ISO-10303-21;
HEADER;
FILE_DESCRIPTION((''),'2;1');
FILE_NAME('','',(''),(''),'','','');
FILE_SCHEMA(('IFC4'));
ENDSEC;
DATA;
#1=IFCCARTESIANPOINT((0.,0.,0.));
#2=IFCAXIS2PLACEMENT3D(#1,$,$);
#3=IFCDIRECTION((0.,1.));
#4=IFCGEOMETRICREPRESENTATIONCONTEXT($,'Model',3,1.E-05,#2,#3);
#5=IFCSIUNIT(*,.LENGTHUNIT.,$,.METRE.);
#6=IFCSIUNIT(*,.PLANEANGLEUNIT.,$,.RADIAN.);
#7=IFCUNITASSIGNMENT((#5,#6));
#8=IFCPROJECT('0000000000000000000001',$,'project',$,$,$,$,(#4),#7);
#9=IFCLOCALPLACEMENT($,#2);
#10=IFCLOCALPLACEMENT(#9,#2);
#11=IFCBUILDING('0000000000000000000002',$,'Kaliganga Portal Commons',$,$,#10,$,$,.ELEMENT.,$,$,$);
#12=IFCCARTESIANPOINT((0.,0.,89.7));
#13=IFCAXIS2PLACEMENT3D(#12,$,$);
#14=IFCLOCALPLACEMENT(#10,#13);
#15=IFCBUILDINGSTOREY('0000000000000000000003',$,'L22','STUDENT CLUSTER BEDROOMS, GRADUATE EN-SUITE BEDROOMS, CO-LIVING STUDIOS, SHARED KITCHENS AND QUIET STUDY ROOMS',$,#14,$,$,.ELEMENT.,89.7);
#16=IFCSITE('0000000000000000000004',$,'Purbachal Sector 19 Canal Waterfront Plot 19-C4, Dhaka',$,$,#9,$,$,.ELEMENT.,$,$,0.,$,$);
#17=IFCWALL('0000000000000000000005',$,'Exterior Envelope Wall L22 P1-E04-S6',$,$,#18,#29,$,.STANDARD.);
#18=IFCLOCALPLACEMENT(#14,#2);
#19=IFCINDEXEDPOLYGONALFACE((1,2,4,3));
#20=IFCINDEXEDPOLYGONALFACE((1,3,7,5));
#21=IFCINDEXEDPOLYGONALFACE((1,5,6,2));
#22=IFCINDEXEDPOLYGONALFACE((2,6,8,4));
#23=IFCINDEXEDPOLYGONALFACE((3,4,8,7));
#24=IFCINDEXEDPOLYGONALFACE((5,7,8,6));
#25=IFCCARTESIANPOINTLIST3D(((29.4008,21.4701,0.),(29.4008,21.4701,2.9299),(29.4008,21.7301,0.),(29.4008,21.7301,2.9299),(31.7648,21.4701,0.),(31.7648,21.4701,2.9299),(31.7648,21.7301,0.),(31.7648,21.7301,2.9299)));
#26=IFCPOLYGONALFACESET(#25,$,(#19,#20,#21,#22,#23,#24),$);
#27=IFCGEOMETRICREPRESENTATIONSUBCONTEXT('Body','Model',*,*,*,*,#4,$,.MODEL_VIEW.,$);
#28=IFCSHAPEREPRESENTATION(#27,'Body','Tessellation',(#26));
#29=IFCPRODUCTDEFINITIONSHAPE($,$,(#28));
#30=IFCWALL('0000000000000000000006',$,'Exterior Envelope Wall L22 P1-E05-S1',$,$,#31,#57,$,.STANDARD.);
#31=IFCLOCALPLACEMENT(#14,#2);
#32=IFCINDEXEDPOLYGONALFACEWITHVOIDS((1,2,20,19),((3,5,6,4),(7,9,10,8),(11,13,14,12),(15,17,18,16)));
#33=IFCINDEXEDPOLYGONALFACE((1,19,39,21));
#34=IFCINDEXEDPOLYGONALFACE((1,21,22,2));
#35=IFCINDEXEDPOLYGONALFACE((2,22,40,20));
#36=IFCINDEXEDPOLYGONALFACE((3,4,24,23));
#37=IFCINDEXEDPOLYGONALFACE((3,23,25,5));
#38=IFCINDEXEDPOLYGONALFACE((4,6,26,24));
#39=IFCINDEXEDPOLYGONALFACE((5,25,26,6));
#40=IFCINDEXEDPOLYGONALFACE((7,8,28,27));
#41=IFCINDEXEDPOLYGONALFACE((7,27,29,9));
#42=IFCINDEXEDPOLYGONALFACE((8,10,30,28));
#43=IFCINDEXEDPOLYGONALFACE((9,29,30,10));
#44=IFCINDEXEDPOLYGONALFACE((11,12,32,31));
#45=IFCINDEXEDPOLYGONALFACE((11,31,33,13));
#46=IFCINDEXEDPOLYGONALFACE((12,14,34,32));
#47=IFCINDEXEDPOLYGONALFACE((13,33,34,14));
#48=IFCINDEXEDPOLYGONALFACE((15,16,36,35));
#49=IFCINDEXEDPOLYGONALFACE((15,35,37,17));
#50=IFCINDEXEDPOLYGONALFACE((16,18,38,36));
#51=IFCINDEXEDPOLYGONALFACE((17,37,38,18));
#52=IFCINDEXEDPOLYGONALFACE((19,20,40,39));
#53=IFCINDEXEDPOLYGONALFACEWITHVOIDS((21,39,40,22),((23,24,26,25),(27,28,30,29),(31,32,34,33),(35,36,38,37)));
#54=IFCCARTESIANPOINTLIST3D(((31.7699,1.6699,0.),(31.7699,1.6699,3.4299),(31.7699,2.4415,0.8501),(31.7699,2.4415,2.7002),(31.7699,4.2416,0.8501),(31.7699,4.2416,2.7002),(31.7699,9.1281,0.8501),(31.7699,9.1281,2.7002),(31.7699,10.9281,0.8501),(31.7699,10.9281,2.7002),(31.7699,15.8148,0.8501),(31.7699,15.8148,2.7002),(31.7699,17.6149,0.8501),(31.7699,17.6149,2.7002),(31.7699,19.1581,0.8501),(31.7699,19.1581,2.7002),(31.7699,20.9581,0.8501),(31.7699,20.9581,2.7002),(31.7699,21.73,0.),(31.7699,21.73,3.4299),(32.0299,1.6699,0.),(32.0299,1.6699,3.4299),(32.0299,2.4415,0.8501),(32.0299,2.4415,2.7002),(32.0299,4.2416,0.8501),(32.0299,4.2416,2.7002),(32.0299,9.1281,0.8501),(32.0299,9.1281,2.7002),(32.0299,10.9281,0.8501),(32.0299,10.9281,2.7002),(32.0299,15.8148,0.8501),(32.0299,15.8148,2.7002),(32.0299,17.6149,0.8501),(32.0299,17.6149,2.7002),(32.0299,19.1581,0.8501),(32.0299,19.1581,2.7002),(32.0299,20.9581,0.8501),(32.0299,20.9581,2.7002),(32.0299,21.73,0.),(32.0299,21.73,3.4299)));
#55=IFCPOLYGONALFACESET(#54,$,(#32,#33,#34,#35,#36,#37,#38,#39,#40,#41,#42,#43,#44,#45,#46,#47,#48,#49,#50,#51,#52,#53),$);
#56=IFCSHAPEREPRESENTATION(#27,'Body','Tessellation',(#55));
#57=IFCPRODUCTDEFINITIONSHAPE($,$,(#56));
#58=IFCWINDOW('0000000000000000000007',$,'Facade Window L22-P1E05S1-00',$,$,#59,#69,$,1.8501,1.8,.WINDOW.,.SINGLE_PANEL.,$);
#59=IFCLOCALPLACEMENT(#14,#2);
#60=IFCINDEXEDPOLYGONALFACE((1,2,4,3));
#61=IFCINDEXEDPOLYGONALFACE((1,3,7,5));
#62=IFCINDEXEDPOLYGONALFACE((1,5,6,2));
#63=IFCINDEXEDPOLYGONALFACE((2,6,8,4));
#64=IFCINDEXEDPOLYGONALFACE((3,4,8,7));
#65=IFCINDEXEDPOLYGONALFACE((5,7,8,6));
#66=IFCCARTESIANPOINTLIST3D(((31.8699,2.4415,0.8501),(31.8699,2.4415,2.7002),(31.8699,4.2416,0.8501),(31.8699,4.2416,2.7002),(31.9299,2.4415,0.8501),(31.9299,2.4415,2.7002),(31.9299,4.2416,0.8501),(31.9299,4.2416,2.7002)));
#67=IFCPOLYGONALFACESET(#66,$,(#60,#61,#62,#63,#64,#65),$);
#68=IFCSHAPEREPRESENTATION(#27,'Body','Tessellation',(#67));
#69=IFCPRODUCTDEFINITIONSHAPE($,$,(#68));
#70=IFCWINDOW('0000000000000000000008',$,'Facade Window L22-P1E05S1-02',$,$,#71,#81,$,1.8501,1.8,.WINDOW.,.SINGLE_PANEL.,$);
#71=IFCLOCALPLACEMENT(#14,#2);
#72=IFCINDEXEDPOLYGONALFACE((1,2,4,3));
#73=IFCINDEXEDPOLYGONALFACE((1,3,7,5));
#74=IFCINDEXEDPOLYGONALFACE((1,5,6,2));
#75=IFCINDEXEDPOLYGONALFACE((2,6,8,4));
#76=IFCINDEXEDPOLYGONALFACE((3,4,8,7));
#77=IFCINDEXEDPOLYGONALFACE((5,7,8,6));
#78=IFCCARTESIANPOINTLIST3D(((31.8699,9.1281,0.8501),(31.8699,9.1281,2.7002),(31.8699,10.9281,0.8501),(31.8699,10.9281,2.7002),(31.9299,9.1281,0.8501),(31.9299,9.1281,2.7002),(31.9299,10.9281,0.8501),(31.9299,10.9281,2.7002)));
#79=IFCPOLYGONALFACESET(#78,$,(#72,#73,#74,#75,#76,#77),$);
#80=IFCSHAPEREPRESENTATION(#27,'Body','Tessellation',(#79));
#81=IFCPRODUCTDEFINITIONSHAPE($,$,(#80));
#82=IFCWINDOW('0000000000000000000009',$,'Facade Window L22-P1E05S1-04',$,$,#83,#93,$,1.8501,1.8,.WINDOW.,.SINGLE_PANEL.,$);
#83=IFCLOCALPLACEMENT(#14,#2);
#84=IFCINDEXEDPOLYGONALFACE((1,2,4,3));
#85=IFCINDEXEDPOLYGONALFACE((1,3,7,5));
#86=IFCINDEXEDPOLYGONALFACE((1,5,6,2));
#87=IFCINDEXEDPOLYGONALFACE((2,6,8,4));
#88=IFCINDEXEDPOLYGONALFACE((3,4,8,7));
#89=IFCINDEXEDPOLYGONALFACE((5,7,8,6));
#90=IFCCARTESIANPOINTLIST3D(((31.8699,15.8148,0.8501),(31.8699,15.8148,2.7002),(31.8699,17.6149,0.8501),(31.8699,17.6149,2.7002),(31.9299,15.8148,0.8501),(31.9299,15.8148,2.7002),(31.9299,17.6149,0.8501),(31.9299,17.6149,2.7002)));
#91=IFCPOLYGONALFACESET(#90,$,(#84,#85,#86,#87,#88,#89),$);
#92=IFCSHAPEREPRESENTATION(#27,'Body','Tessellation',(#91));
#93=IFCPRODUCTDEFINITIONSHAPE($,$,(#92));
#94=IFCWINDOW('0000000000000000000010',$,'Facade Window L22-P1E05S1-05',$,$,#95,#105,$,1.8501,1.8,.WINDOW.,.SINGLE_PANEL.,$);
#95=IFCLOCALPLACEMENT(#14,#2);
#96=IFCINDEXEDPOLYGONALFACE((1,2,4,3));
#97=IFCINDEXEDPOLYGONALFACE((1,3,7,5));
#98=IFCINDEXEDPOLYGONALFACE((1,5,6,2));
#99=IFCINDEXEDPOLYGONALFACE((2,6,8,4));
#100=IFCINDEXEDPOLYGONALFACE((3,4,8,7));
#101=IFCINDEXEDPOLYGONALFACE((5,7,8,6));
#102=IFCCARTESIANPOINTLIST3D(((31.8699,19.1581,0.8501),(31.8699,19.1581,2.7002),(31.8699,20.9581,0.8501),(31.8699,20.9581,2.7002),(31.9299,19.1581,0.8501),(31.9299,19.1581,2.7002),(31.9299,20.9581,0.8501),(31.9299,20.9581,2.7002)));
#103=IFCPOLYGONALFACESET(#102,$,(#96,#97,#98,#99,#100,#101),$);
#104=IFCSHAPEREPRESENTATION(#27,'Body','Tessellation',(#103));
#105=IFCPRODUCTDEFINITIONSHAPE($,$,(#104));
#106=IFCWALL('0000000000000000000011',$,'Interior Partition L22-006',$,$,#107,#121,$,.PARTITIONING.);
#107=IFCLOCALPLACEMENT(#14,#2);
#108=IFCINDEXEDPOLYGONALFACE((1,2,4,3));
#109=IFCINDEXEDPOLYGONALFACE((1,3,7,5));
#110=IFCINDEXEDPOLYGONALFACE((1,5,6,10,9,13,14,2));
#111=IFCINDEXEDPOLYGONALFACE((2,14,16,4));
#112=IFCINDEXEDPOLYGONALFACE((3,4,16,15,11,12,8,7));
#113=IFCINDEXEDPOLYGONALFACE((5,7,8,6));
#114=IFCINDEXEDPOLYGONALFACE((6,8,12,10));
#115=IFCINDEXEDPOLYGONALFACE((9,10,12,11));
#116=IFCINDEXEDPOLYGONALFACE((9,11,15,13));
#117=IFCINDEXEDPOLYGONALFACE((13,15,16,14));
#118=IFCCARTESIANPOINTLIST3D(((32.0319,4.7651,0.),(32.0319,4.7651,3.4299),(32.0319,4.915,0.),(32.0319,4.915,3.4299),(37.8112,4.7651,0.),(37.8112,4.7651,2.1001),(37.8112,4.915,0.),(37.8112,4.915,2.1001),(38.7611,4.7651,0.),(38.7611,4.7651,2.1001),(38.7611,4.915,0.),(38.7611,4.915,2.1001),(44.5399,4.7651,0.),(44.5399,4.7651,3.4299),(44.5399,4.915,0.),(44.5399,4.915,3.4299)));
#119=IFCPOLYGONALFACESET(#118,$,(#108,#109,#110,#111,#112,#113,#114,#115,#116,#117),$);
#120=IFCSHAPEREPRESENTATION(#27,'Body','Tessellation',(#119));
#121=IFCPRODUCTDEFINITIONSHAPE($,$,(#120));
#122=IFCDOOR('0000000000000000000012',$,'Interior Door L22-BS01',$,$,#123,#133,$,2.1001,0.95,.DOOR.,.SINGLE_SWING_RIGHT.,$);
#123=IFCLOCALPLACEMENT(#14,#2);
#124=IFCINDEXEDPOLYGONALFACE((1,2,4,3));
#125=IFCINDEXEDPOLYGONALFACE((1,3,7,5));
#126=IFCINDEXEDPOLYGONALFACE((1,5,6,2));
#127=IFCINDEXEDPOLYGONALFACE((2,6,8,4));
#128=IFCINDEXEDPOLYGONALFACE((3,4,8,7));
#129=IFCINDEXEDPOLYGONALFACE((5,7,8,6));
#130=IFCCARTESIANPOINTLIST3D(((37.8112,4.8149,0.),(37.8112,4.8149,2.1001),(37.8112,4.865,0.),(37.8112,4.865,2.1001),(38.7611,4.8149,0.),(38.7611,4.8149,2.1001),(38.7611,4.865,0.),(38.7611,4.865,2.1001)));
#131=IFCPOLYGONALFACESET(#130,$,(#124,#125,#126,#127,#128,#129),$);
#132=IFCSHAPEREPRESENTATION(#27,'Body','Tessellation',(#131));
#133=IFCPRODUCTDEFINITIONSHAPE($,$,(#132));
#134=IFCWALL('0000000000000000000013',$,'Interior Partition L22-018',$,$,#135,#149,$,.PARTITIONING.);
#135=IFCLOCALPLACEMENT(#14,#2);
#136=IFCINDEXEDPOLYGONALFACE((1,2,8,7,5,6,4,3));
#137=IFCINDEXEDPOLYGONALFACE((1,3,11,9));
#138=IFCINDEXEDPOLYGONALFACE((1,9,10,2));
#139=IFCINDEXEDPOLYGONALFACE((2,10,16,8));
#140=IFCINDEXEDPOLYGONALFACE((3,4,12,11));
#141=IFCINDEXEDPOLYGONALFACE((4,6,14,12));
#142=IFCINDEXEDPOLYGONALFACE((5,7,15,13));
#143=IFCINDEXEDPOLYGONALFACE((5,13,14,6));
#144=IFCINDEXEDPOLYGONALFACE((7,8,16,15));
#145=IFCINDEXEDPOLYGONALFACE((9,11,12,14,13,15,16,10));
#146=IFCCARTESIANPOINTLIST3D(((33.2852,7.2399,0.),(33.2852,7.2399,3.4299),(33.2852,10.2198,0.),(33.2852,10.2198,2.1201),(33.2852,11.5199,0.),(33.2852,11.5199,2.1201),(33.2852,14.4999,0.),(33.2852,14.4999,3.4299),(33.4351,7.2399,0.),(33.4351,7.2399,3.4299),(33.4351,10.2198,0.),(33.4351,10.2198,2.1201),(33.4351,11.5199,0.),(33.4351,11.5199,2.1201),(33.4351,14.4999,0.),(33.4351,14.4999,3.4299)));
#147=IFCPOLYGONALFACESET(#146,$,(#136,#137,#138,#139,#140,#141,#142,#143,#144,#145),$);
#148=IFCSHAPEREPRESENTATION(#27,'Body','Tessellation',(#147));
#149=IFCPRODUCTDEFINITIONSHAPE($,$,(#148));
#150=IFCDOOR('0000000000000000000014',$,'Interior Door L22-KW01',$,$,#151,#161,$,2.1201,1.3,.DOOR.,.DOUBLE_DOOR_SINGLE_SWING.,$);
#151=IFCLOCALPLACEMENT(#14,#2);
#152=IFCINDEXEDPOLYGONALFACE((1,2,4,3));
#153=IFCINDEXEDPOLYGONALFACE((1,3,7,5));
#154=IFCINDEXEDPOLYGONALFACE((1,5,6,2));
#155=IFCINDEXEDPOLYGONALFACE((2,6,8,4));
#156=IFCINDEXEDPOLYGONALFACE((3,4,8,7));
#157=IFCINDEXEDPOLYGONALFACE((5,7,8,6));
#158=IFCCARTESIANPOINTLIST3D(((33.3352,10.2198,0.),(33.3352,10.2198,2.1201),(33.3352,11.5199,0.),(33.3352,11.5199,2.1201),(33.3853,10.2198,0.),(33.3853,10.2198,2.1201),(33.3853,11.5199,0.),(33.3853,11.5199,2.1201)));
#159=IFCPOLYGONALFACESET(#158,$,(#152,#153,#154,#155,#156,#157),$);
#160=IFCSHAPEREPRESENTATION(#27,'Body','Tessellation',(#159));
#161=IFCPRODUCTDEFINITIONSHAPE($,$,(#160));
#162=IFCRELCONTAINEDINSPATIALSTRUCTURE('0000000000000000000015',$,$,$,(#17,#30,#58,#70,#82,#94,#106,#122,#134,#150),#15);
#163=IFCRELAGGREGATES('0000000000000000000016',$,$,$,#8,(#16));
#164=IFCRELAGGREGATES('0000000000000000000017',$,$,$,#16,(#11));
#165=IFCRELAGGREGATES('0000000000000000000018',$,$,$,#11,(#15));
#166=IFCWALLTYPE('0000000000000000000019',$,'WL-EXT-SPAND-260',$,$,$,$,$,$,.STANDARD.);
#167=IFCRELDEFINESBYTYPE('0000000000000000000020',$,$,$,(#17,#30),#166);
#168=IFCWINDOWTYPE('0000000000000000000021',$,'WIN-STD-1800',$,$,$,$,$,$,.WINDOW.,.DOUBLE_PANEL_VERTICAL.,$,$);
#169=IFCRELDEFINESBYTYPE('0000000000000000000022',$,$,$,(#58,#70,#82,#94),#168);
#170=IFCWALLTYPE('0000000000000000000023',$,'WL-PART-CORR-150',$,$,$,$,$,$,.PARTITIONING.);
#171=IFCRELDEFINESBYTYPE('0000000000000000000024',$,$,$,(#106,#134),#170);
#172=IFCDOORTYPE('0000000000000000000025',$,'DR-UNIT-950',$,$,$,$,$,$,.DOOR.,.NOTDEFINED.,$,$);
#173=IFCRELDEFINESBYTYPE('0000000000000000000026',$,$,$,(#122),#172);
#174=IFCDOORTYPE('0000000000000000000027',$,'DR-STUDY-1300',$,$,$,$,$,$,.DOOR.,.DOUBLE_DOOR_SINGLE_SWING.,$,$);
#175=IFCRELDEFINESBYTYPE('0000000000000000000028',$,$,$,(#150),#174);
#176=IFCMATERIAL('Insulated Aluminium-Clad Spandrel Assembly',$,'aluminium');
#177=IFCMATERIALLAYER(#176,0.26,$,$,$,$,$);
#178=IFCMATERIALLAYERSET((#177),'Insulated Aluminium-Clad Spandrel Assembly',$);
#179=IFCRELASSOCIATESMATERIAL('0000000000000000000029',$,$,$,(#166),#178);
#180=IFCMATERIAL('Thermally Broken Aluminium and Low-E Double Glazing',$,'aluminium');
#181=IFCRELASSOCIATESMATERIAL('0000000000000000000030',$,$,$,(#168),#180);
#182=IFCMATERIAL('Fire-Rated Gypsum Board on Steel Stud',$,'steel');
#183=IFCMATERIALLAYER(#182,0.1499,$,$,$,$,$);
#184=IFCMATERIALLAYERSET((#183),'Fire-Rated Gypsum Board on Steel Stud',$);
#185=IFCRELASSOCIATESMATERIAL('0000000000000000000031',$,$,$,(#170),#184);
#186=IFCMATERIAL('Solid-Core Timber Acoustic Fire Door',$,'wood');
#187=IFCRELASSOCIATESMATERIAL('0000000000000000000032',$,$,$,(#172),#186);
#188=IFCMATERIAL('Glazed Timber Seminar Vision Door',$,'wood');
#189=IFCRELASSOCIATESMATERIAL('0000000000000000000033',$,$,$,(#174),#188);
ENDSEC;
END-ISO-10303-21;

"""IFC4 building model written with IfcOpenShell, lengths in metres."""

from ifc_helpers import new_model, si_unit, direction, frame, frame_2d, origin, place, context, subcontext, project, spatial, rectangle, extrude, material, layer, layer_set, type_object, element, fill, save


model = new_model("IFC4")

# Units and contexts
model_context = context("Model", 3, precision=1e-05, world=origin(), true_north=direction((0.0, 1.0)))
body_context = subcontext(model_context, "Body", "Model", "MODEL_VIEW")
ifc_project = project(units=[si_unit("LENGTHUNIT", "METRE"), si_unit("PLANEANGLEUNIT", "RADIAN")], contexts=[model_context])

# Site, building, storey
site_placement = place(None, origin())
site = spatial("IfcSite", under=ifc_project, at=site_placement, Name="Purbachal Sector 19 Canal Waterfront Plot 19-C4, Dhaka", CompositionType="ELEMENT", RefElevation=0.0)
building_placement = place(site_placement, origin())
building = spatial("IfcBuilding", under=site, at=building_placement, Name="Kaliganga Portal Commons", CompositionType="ELEMENT")
storey_placement = place(building_placement, frame((0.0, 0.0, 89.7)))
storey = spatial("IfcBuildingStorey", under=building, at=storey_placement, Name="L22", Description="STUDENT CLUSTER BEDROOMS, GRADUATE EN-SUITE BEDROOMS, CO-LIVING STUDIOS, SHARED KITCHENS AND QUIET STUDY ROOMS", CompositionType="ELEMENT", Elevation=89.7)

# Shared definitions
ifc_material_1 = material(Name="Insulated Aluminium-Clad Spandrel Assembly", Category="aluminium")
ifc_layer_1 = layer(ifc_material_1, 0.26)
ifc_layer_set_1 = layer_set([ifc_layer_1], Name="Insulated Aluminium-Clad Spandrel Assembly")
wall_type_1 = type_object("IfcWallType", Name="WL-EXT-SPAND-260", PredefinedType="STANDARD", material=ifc_layer_set_1)
ifc_material_2 = material(Name="Thermally Broken Aluminium and Low-E Double Glazing", Category="aluminium")

# Wall
wall_1_placement = place(storey_placement, frame((31.7649, 21.6001, 0.0), z_axis=(0.0, 0.0, 1.0), x_axis=(-1.0, 0.0, 0.0)))
element("IfcWall", 1, at=wall_1_placement, inside=storey, type_object=wall_type_1, Name="Exterior Envelope Wall L22 P1-E04-S6", PredefinedType="STANDARD", context=body_context, shape_type="SweptSolid", body=[
    extrude(rectangle(XDim=2.364, YDim=0.26, at=frame_2d((1.1821, 0.0))), origin(), (0.0, 0.0, 1.0), 2.9299),
])

# Wall, openings, windows
wall_2_placement = place(storey_placement, frame((31.8999, 1.6699, 0.0), z_axis=(0.0, 0.0, 1.0), x_axis=(0.0, 1.0, 0.0)))
wall_2 = element("IfcWall", 2, at=wall_2_placement, inside=storey, type_object=wall_type_1, Name="Exterior Envelope Wall L22 P1-E05-S1", PredefinedType="STANDARD", context=body_context, shape_type="SweptSolid", body=[
    extrude(rectangle(XDim=20.0601, YDim=0.26, at=frame_2d((10.03, 0.0))), origin(), (0.0, 0.0, 1.0), 3.4299),
])
opening_1_placement = place(wall_2_placement, frame((0.7717, 0.0, 0.8501)))
opening_1 = element("IfcOpeningElement", 3, at=opening_1_placement, cuts=wall_2, PredefinedType="OPENING", context=body_context, shape_type="SweptSolid", body=[
    extrude(rectangle(XDim=1.8, YDim=1.8501, at=frame_2d((0.8999, 0.925))), frame((0.0, 0.1401, 0.0), z_axis=(0.0, -1.0, 0.0), x_axis=(1.0, 0.0, 0.0)), (0.0, 0.0, 1.0), 0.28),
])
opening_2_placement = place(wall_2_placement, frame((7.4583, 0.0, 0.8501)))
opening_2 = element("IfcOpeningElement", 4, at=opening_2_placement, cuts=wall_2, PredefinedType="OPENING", context=body_context, shape_type="SweptSolid", body=[
    extrude(rectangle(XDim=1.8, YDim=1.8501, at=frame_2d((0.8999, 0.925))), frame((0.0, 0.1401, 0.0), z_axis=(0.0, -1.0, 0.0), x_axis=(1.0, 0.0, 0.0)), (0.0, 0.0, 1.0), 0.28),
])
opening_3_placement = place(wall_2_placement, frame((14.145, 0.0, 0.8501)))
opening_3 = element("IfcOpeningElement", 5, at=opening_3_placement, cuts=wall_2, PredefinedType="OPENING", context=body_context, shape_type="SweptSolid", body=[
    extrude(rectangle(XDim=1.8, YDim=1.8501, at=frame_2d((0.8999, 0.925))), frame((0.0, 0.1401, 0.0), z_axis=(0.0, -1.0, 0.0), x_axis=(1.0, 0.0, 0.0)), (0.0, 0.0, 1.0), 0.28),
])
opening_4_placement = place(wall_2_placement, frame((17.4883, 0.0, 0.8501)))
opening_4 = element("IfcOpeningElement", 6, at=opening_4_placement, cuts=wall_2, PredefinedType="OPENING", context=body_context, shape_type="SweptSolid", body=[
    extrude(rectangle(XDim=1.8, YDim=1.8501, at=frame_2d((0.8999, 0.925))), frame((0.0, 0.1401, 0.0), z_axis=(0.0, -1.0, 0.0), x_axis=(1.0, 0.0, 0.0)), (0.0, 0.0, 1.0), 0.28),
])
window_type_1 = type_object("IfcWindowType", Name="WIN-STD-1800", PartitioningType="DOUBLE_PANEL_VERTICAL", PredefinedType="WINDOW", material=ifc_material_2)
window_1_placement = place(opening_1_placement, origin())
window_1 = element("IfcWindow", 7, at=window_1_placement, inside=storey, type_object=window_type_1, Name="Facade Window L22-P1E05S1-00", OverallHeight=1.8501, OverallWidth=1.8, PartitioningType="SINGLE_PANEL", PredefinedType="WINDOW", context=body_context, shape_type="SweptSolid", body=[
    extrude(rectangle(XDim=1.8, YDim=1.8501, at=frame_2d((0.8999, 0.925))), frame((0.0, 0.03, 0.0), z_axis=(0.0, -1.0, 0.0), x_axis=(1.0, 0.0, 0.0)), (0.0, 0.0, 1.0), 0.0601),
])
fill(opening_1, window_1)
window_2_placement = place(opening_2_placement, origin())
window_2 = element("IfcWindow", 8, at=window_2_placement, inside=storey, type_object=window_type_1, Name="Facade Window L22-P1E05S1-02", OverallHeight=1.8501, OverallWidth=1.8, PartitioningType="SINGLE_PANEL", PredefinedType="WINDOW", context=body_context, shape_type="SweptSolid", body=[
    extrude(rectangle(XDim=1.8, YDim=1.8501, at=frame_2d((0.8999, 0.925))), frame((0.0, 0.03, 0.0), z_axis=(0.0, -1.0, 0.0), x_axis=(1.0, 0.0, 0.0)), (0.0, 0.0, 1.0), 0.0601),
])
fill(opening_2, window_2)
window_3_placement = place(opening_3_placement, origin())
window_3 = element("IfcWindow", 9, at=window_3_placement, inside=storey, type_object=window_type_1, Name="Facade Window L22-P1E05S1-04", OverallHeight=1.8501, OverallWidth=1.8, PartitioningType="SINGLE_PANEL", PredefinedType="WINDOW", context=body_context, shape_type="SweptSolid", body=[
    extrude(rectangle(XDim=1.8, YDim=1.8501, at=frame_2d((0.8999, 0.925))), frame((0.0, 0.03, 0.0), z_axis=(0.0, -1.0, 0.0), x_axis=(1.0, 0.0, 0.0)), (0.0, 0.0, 1.0), 0.0601),
])
fill(opening_3, window_3)
window_4_placement = place(opening_4_placement, origin())
window_4 = element("IfcWindow", 10, at=window_4_placement, inside=storey, type_object=window_type_1, Name="Facade Window L22-P1E05S1-05", OverallHeight=1.8501, OverallWidth=1.8, PartitioningType="SINGLE_PANEL", PredefinedType="WINDOW", context=body_context, shape_type="SweptSolid", body=[
    extrude(rectangle(XDim=1.8, YDim=1.8501, at=frame_2d((0.8999, 0.925))), frame((0.0, 0.03, 0.0), z_axis=(0.0, -1.0, 0.0), x_axis=(1.0, 0.0, 0.0)), (0.0, 0.0, 1.0), 0.0601),
])
fill(opening_4, window_4)

# Walls, openings, doors
ifc_material_3 = material(Name="Fire-Rated Gypsum Board on Steel Stud", Category="steel")
ifc_layer_2 = layer(ifc_material_3, 0.1499)
ifc_layer_set_2 = layer_set([ifc_layer_2], Name="Fire-Rated Gypsum Board on Steel Stud")
wall_type_2 = type_object("IfcWallType", Name="WL-PART-CORR-150", PredefinedType="PARTITIONING", material=ifc_layer_set_2)
wall_3_placement = place(storey_placement, frame((32.032, 4.8401, 0.0), z_axis=(0.0, 0.0, 1.0), x_axis=(1.0, 0.0, 0.0)))
wall_3 = element("IfcWall", 11, at=wall_3_placement, inside=storey, type_object=wall_type_2, Name="Interior Partition L22-006", PredefinedType="PARTITIONING", context=body_context, shape_type="SweptSolid", body=[
    extrude(rectangle(XDim=12.5081, YDim=0.1499, at=frame_2d((6.2539, 0.0))), origin(), (0.0, 0.0, 1.0), 3.4299),
])
opening_5_placement = place(wall_3_placement, frame((5.7791, 0.0, 0.0)))
opening_5 = element("IfcOpeningElement", 12, at=opening_5_placement, cuts=wall_3, PredefinedType="OPENING", context=body_context, shape_type="SweptSolid", body=[
    extrude(rectangle(XDim=0.95, YDim=2.1001, at=frame_2d((0.4751, 1.05))), frame((0.0, 0.085, 0.0), z_axis=(0.0, -1.0, 0.0), x_axis=(1.0, 0.0, 0.0)), (0.0, 0.0, 1.0), 0.1699),
])
ifc_material_4 = material(Name="Solid-Core Timber Acoustic Fire Door", Category="wood")
door_type_1 = type_object("IfcDoorType", Name="DR-UNIT-950", OperationType="NOTDEFINED", PredefinedType="DOOR", material=ifc_material_4)
door_1_placement = place(opening_5_placement, origin())
door_1 = element("IfcDoor", 13, at=door_1_placement, inside=storey, type_object=door_type_1, Name="Interior Door L22-BS01", OperationType="SINGLE_SWING_RIGHT", OverallHeight=2.1001, OverallWidth=0.95, PredefinedType="DOOR", context=body_context, shape_type="SweptSolid", body=[
    extrude(rectangle(XDim=0.95, YDim=2.1001, at=frame_2d((0.4751, 1.05))), frame((0.0, 0.0249, 0.0), z_axis=(0.0, -1.0, 0.0), x_axis=(1.0, 0.0, 0.0)), (0.0, 0.0, 1.0), 0.05),
])
fill(opening_5, door_1)
wall_4_placement = place(storey_placement, frame((33.3601, 7.24, 0.0), z_axis=(0.0, 0.0, 1.0), x_axis=(0.0, 1.0, 0.0)))
wall_4 = element("IfcWall", 14, at=wall_4_placement, inside=storey, type_object=wall_type_2, Name="Interior Partition L22-018", PredefinedType="PARTITIONING", context=body_context, shape_type="SweptSolid", body=[
    extrude(rectangle(XDim=7.26, YDim=0.1499, at=frame_2d((3.6299, 0.0))), origin(), (0.0, 0.0, 1.0), 3.4299),
])
opening_6_placement = place(wall_4_placement, frame((2.98, 0.0, 0.0)))
opening_6 = element("IfcOpeningElement", 15, at=opening_6_placement, cuts=wall_4, PredefinedType="OPENING", context=body_context, shape_type="SweptSolid", body=[
    extrude(rectangle(XDim=1.3, YDim=2.1201, at=frame_2d((0.6499, 1.0601))), frame((0.0, 0.085, 0.0), z_axis=(0.0, -1.0, 0.0), x_axis=(1.0, 0.0, 0.0)), (0.0, 0.0, 1.0), 0.1699),
])
ifc_material_5 = material(Name="Glazed Timber Seminar Vision Door", Category="wood")
door_type_2 = type_object("IfcDoorType", Name="DR-STUDY-1300", OperationType="DOUBLE_DOOR_SINGLE_SWING", PredefinedType="DOOR", material=ifc_material_5)
door_2_placement = place(opening_6_placement, origin())
door_2 = element("IfcDoor", 16, at=door_2_placement, inside=storey, type_object=door_type_2, Name="Interior Door L22-KW01", OperationType="DOUBLE_DOOR_SINGLE_SWING", OverallHeight=2.1201, OverallWidth=1.3, PredefinedType="DOOR", context=body_context, shape_type="SweptSolid", body=[
    extrude(rectangle(XDim=1.3, YDim=2.1201, at=frame_2d((0.6499, 1.0601))), frame((0.0, 0.0249, 0.0), z_axis=(0.0, -1.0, 0.0), x_axis=(1.0, 0.0, 0.0)), (0.0, 0.0, 1.0), 0.05),
])
fill(opening_6, door_2)

save(model, "model.ifc")
